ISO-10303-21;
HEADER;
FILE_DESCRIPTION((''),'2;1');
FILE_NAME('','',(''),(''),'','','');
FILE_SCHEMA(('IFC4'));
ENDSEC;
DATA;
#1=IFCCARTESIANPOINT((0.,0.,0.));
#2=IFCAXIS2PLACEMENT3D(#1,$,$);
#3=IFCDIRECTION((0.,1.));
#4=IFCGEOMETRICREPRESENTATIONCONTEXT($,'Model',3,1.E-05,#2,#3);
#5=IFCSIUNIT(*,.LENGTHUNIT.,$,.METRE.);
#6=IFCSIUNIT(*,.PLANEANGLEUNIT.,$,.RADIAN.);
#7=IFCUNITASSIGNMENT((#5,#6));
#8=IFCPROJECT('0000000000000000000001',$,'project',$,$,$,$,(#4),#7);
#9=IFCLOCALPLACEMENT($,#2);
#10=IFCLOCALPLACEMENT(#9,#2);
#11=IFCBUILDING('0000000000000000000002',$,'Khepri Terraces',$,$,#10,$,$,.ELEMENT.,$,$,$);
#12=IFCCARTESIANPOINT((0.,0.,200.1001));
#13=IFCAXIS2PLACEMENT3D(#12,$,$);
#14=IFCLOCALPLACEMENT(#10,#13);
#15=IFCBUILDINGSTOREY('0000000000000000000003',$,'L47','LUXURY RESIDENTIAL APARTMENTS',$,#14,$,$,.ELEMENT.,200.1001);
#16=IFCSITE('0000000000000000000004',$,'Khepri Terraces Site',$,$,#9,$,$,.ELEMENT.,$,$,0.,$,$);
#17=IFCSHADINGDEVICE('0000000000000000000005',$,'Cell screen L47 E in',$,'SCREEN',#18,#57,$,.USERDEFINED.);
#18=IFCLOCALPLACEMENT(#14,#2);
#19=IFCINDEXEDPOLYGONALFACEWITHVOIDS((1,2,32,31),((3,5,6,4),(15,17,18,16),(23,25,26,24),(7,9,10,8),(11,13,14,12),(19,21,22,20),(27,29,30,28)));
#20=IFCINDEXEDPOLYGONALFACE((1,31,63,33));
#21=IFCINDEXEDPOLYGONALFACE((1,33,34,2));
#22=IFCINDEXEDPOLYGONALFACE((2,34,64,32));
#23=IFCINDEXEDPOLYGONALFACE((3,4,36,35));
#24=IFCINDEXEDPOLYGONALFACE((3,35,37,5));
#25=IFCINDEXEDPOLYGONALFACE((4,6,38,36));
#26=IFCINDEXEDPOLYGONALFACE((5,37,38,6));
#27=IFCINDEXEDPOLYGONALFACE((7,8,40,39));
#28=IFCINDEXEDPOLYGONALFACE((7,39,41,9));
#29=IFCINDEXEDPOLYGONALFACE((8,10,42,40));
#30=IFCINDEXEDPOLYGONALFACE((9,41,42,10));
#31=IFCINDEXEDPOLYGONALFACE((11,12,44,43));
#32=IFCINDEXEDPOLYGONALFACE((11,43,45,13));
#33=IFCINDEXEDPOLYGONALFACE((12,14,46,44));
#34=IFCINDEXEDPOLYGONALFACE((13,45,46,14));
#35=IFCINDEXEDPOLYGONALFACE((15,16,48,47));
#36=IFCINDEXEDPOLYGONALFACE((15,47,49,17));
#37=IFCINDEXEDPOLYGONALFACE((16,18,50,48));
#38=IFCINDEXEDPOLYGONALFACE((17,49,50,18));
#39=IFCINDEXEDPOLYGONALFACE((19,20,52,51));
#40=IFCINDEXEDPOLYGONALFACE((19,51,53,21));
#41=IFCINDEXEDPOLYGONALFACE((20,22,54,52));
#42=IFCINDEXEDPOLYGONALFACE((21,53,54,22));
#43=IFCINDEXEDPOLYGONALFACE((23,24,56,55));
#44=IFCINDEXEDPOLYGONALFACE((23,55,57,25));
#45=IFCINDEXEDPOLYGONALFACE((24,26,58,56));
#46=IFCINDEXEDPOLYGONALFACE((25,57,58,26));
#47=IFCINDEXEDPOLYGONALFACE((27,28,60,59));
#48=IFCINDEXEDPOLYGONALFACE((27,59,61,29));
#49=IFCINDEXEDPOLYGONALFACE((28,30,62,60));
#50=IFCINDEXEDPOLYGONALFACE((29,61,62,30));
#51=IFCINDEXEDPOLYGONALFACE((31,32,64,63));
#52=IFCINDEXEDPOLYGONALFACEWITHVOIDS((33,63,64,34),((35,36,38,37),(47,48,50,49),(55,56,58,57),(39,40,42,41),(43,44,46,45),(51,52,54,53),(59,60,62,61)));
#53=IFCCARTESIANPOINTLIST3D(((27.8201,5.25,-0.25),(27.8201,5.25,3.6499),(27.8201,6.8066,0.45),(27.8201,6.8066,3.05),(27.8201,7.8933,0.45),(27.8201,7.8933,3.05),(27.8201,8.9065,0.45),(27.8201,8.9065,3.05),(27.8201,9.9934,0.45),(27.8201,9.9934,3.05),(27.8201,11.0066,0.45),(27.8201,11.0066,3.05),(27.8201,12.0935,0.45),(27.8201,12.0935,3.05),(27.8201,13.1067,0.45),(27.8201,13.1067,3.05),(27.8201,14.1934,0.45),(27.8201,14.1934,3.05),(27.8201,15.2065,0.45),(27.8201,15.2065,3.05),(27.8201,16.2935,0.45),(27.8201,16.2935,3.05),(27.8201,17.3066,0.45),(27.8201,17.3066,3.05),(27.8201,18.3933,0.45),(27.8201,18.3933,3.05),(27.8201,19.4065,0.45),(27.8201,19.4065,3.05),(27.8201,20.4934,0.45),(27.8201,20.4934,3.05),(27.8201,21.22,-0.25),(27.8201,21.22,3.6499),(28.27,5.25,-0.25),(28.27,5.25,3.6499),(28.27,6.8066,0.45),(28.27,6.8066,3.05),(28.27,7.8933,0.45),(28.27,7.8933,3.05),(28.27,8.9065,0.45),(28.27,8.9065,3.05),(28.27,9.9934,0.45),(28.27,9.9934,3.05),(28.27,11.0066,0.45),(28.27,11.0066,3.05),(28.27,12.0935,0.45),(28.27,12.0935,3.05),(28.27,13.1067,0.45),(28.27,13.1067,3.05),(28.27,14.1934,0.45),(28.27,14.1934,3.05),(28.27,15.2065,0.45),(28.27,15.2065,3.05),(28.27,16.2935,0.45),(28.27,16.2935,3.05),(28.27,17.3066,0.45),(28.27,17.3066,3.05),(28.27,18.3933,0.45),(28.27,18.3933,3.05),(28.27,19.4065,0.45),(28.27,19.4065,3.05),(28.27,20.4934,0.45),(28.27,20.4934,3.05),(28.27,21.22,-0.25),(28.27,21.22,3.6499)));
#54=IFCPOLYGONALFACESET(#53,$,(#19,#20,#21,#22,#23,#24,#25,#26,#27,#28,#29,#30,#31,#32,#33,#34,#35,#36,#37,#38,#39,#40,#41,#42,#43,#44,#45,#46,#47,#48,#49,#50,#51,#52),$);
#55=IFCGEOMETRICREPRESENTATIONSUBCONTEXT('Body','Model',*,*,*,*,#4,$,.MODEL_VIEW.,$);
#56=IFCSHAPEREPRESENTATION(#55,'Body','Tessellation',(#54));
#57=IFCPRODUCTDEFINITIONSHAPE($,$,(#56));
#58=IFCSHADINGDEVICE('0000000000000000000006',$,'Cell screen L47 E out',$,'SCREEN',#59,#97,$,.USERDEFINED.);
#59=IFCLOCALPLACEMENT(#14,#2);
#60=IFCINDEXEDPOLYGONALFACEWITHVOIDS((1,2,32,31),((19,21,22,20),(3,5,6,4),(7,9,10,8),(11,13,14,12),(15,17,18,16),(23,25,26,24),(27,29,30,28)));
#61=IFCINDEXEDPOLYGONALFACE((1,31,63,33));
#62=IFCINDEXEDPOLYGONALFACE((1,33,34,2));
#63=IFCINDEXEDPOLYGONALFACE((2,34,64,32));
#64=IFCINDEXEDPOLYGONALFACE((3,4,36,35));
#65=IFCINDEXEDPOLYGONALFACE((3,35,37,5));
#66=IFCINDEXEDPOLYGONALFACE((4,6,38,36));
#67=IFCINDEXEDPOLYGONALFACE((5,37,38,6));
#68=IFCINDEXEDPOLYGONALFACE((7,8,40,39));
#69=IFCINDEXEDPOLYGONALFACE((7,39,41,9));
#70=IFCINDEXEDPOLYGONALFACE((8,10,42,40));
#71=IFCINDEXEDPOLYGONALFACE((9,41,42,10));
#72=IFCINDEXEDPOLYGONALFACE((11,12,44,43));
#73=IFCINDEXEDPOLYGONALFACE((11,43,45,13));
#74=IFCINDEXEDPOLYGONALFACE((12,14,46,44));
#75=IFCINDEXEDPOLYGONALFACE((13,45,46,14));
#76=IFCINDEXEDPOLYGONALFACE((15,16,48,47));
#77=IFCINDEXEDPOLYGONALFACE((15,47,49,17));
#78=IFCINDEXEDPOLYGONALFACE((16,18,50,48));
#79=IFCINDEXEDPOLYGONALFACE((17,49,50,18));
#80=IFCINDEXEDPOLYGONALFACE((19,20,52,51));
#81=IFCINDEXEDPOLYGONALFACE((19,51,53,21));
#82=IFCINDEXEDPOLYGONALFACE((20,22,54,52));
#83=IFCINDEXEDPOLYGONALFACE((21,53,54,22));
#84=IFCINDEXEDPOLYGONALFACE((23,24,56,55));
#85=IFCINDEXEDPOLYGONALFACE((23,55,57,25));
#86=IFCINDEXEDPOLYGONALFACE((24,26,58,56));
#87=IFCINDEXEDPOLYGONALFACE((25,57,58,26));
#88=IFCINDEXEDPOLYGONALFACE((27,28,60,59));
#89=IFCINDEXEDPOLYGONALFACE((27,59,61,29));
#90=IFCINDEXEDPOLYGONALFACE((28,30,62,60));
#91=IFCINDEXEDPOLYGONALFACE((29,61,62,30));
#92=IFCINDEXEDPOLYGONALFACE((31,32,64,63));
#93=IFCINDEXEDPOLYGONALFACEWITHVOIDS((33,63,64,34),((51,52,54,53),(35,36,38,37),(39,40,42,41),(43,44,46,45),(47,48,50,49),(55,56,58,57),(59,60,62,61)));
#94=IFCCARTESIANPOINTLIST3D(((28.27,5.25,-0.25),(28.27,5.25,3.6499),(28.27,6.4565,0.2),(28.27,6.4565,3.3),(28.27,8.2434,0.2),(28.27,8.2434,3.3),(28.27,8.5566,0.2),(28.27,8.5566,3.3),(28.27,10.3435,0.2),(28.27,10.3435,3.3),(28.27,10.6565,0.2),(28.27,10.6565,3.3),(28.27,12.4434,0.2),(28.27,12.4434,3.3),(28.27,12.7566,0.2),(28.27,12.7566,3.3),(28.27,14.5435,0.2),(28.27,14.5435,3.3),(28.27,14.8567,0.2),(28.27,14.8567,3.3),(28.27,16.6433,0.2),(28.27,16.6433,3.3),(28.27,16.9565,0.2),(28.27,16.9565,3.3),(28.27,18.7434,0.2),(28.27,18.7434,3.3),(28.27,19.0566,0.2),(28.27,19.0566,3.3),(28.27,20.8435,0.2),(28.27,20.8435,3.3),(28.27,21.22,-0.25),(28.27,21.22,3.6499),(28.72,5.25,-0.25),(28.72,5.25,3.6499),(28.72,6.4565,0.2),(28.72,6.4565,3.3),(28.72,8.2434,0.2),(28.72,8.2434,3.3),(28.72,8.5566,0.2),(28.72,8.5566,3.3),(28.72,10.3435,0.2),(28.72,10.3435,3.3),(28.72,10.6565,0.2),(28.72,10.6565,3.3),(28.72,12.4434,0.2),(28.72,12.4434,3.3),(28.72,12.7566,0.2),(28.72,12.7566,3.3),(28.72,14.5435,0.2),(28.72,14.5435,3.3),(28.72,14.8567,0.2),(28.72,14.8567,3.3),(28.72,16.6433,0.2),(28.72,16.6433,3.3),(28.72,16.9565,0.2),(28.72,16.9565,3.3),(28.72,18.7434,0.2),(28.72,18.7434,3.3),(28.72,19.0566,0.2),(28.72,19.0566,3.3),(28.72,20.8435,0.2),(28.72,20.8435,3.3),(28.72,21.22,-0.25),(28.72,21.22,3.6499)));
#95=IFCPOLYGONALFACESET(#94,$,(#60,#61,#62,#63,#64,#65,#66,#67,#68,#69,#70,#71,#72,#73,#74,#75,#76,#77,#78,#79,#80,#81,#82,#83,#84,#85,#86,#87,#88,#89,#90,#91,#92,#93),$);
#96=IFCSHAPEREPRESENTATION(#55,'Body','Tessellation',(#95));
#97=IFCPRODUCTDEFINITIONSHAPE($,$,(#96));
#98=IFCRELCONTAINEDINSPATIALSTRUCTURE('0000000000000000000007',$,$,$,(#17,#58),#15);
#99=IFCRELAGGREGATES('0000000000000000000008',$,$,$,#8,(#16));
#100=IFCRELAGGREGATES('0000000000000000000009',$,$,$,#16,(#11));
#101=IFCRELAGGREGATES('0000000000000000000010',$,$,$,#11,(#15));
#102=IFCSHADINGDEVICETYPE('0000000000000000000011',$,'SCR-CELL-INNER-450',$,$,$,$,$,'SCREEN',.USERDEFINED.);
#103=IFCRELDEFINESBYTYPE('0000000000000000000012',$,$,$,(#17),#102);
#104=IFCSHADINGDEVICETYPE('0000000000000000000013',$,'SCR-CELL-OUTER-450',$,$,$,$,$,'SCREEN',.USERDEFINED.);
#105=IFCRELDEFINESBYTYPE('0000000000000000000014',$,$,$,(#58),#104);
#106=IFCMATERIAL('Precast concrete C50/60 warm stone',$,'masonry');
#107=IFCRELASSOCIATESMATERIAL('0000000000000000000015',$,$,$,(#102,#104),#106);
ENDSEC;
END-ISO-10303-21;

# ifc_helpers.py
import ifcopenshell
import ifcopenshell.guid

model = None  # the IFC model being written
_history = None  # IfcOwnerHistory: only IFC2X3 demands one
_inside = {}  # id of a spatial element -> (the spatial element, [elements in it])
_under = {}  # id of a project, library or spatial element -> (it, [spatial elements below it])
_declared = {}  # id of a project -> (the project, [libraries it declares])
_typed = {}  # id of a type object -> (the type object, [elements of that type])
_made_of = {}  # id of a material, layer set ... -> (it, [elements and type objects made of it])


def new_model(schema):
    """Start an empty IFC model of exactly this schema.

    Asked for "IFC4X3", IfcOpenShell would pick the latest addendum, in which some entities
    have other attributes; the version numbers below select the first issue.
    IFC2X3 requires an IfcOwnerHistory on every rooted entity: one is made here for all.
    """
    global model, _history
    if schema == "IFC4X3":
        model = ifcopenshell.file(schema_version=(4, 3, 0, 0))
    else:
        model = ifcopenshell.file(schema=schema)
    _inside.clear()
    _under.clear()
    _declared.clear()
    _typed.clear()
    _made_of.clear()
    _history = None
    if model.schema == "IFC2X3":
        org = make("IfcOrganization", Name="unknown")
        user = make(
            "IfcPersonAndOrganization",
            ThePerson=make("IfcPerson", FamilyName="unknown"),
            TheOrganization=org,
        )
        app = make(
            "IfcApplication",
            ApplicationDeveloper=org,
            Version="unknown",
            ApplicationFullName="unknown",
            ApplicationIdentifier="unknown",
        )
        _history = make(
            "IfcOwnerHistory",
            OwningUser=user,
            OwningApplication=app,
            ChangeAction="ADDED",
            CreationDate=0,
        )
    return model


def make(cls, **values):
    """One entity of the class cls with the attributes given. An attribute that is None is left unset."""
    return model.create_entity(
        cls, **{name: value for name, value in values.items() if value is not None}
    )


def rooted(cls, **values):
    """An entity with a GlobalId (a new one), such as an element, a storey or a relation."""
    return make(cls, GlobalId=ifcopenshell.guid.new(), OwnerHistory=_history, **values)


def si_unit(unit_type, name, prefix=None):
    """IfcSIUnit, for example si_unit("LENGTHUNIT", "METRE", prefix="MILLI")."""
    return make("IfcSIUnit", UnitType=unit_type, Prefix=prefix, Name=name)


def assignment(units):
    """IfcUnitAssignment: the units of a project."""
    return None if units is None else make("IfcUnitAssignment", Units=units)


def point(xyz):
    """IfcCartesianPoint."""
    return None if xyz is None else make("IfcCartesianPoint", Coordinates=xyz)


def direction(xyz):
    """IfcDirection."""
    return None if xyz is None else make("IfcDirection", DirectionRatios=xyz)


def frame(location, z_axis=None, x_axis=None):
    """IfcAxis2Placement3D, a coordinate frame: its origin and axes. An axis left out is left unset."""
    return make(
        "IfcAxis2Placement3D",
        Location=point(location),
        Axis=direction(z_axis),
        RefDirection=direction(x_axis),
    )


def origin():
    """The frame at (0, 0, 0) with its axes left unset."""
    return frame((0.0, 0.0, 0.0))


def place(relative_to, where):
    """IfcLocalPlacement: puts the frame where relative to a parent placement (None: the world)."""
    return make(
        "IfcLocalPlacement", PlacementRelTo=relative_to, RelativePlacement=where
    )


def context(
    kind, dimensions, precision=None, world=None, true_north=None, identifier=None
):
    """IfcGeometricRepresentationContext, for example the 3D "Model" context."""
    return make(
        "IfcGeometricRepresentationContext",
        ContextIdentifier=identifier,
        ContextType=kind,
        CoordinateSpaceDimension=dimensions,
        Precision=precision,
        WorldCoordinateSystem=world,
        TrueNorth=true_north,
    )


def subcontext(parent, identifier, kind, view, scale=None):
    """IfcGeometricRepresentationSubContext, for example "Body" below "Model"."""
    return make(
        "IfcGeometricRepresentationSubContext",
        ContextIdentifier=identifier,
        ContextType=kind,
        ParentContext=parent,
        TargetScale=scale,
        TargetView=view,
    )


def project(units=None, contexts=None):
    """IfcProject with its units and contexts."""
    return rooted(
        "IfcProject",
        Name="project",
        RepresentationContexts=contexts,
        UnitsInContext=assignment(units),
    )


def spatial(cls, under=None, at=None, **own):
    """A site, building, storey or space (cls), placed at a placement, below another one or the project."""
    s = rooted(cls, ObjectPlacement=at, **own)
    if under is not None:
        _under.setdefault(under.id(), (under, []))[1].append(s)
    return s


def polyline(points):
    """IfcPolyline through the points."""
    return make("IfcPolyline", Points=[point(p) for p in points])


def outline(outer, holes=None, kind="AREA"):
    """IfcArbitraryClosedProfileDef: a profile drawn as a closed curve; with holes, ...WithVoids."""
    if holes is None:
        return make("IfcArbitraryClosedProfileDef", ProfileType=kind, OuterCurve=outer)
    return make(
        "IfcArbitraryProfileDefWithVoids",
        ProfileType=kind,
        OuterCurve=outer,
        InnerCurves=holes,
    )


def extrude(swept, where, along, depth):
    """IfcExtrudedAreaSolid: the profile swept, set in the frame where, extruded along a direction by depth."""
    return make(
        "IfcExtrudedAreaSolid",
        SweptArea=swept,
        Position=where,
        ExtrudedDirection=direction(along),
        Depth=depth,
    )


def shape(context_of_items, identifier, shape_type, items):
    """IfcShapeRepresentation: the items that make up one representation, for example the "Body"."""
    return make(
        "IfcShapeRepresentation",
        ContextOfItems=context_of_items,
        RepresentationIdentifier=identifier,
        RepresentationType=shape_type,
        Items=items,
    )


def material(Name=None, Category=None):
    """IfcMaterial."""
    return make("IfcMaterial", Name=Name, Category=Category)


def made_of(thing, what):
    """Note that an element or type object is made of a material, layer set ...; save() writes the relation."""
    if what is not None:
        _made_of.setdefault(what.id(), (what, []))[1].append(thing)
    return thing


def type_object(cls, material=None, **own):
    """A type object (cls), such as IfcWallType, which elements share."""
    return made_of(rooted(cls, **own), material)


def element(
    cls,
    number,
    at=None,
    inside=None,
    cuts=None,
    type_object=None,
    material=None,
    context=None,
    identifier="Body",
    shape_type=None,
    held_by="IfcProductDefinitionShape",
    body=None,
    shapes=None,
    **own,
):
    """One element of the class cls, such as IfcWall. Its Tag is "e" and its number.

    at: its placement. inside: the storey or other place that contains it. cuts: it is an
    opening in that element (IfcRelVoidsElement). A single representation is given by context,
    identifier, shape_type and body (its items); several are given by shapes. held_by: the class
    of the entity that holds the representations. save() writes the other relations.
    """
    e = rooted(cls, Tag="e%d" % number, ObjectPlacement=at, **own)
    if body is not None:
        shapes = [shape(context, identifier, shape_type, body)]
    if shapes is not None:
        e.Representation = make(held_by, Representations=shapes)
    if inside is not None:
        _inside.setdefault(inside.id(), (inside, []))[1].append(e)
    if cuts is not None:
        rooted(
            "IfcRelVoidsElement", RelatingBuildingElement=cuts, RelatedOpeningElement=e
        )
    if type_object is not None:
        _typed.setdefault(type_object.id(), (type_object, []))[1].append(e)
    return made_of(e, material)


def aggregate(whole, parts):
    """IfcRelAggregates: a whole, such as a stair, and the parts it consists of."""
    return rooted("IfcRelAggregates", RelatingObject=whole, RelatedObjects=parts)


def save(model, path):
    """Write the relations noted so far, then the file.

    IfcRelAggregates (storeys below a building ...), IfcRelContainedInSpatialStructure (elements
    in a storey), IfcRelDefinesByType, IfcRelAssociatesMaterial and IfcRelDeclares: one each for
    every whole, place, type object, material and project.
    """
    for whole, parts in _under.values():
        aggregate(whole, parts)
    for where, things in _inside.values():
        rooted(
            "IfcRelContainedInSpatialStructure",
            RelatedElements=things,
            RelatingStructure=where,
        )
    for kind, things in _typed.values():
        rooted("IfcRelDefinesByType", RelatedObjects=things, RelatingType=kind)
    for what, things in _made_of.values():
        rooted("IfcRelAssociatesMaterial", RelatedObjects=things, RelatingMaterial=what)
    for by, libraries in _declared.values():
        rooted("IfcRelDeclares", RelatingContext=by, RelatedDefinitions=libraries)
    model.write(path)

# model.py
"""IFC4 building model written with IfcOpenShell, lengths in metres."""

from ifc_helpers import new_model, si_unit, direction, frame, origin, place, context, subcontext, project, spatial, polyline, outline, extrude, material, type_object, element, save


model = new_model("IFC4")

# Units and contexts
model_context = context("Model", 3, precision=1e-05, world=origin(), true_north=direction((0.0, 1.0)))
body_context = subcontext(model_context, "Body", "Model", "MODEL_VIEW")
ifc_project = project(units=[si_unit("LENGTHUNIT", "METRE"), si_unit("PLANEANGLEUNIT", "RADIAN")], contexts=[model_context])

# Site, building, storey
site_placement = place(None, origin())
site = spatial("IfcSite", under=ifc_project, at=site_placement, Name="Khepri Terraces Site", CompositionType="ELEMENT", RefElevation=0.0)
building_placement = place(site_placement, origin())
building = spatial("IfcBuilding", under=site, at=building_placement, Name="Khepri Terraces", CompositionType="ELEMENT")
storey_placement = place(building_placement, frame((0.0, 0.0, 200.1001)))
storey = spatial("IfcBuildingStorey", under=building, at=storey_placement, Name="L47", Description="LUXURY RESIDENTIAL APARTMENTS", CompositionType="ELEMENT", Elevation=200.1001)

# Shared definitions
ifc_material_1 = material(Name="Precast concrete C50/60 warm stone", Category="masonry")

# Shading devices
shading_device_type_1 = type_object("IfcShadingDeviceType", Name="SCR-CELL-INNER-450", ElementType="SCREEN", PredefinedType="USERDEFINED", material=ifc_material_1)
shading_device_1_placement = place(storey_placement, frame((27.8201, 5.25, -0.25), z_axis=(1.0, 0.0, 0.0), x_axis=(0.0, 1.0, 0.0)))
element("IfcShadingDevice", 1, at=shading_device_1_placement, inside=storey, type_object=shading_device_type_1, Name="Cell screen L47 E in", ObjectType="SCREEN", PredefinedType="USERDEFINED", context=body_context, shape_type="SweptSolid", body=[
    extrude(outline(polyline([(0.0, 0.0), (15.97, 0.0), (15.97, 3.8999), (0.0, 3.8999), (0.0, 0.0)]), holes=[polyline([(1.5566, 0.7), (2.6433, 0.7), (2.6433, 3.3), (1.5566, 3.3), (1.5566, 0.7)]), polyline([(3.6565, 0.7), (4.7434, 0.7), (4.7434, 3.3), (3.6565, 3.3), (3.6565, 0.7)]), polyline([(5.7566, 0.7), (6.8435, 0.7), (6.8435, 3.3), (5.7566, 3.3), (5.7566, 0.7)]), polyline([(7.8567, 0.7), (8.9434, 0.7), (8.9434, 3.3), (7.8567, 3.3), (7.8567, 0.7)]), polyline([(9.9565, 0.7), (11.0435, 0.7), (11.0435, 3.3), (9.9565, 3.3), (9.9565, 0.7)]), polyline([(12.0566, 0.7), (13.1433, 0.7), (13.1433, 3.3), (12.0566, 3.3), (12.0566, 0.7)]), polyline([(14.1565, 0.7), (15.2434, 0.7), (15.2434, 3.3), (14.1565, 3.3), (14.1565, 0.7)])]), origin(), (0.0, 0.0, 1.0), 0.45),
])
shading_device_type_2 = type_object("IfcShadingDeviceType", Name="SCR-CELL-OUTER-450", ElementType="SCREEN", PredefinedType="USERDEFINED", material=ifc_material_1)
shading_device_2_placement = place(storey_placement, frame((28.27, 5.25, -0.25), z_axis=(1.0, 0.0, 0.0), x_axis=(0.0, 1.0, 0.0)))
element("IfcShadingDevice", 2, at=shading_device_2_placement, inside=storey, type_object=shading_device_type_2, Name="Cell screen L47 E out", ObjectType="SCREEN", PredefinedType="USERDEFINED", context=body_context, shape_type="SweptSolid", body=[
    extrude(outline(polyline([(0.0, 0.0), (15.97, 0.0), (15.97, 3.8999), (0.0, 3.8999), (0.0, 0.0)]), holes=[polyline([(1.2065, 0.45), (2.9934, 0.45), (2.9934, 3.55), (1.2065, 3.55), (1.2065, 0.45)]), polyline([(3.3066, 0.45), (5.0935, 0.45), (5.0935, 3.55), (3.3066, 3.55), (3.3066, 0.45)]), polyline([(5.4065, 0.45), (7.1934, 0.45), (7.1934, 3.55), (5.4065, 3.55), (5.4065, 0.45)]), polyline([(7.5066, 0.45), (9.2935, 0.45), (9.2935, 3.55), (7.5066, 3.55), (7.5066, 0.45)]), polyline([(9.6067, 0.45), (11.3933, 0.45), (11.3933, 3.55), (9.6067, 3.55), (9.6067, 0.45)]), polyline([(11.7065, 0.45), (13.4934, 0.45), (13.4934, 3.55), (11.7065, 3.55), (11.7065, 0.45)]), polyline([(13.8066, 0.45), (15.5935, 0.45), (15.5935, 3.55), (13.8066, 3.55), (13.8066, 0.45)])]), origin(), (0.0, 0.0, 1.0), 0.45),
])

save(model, "model.ifc")
